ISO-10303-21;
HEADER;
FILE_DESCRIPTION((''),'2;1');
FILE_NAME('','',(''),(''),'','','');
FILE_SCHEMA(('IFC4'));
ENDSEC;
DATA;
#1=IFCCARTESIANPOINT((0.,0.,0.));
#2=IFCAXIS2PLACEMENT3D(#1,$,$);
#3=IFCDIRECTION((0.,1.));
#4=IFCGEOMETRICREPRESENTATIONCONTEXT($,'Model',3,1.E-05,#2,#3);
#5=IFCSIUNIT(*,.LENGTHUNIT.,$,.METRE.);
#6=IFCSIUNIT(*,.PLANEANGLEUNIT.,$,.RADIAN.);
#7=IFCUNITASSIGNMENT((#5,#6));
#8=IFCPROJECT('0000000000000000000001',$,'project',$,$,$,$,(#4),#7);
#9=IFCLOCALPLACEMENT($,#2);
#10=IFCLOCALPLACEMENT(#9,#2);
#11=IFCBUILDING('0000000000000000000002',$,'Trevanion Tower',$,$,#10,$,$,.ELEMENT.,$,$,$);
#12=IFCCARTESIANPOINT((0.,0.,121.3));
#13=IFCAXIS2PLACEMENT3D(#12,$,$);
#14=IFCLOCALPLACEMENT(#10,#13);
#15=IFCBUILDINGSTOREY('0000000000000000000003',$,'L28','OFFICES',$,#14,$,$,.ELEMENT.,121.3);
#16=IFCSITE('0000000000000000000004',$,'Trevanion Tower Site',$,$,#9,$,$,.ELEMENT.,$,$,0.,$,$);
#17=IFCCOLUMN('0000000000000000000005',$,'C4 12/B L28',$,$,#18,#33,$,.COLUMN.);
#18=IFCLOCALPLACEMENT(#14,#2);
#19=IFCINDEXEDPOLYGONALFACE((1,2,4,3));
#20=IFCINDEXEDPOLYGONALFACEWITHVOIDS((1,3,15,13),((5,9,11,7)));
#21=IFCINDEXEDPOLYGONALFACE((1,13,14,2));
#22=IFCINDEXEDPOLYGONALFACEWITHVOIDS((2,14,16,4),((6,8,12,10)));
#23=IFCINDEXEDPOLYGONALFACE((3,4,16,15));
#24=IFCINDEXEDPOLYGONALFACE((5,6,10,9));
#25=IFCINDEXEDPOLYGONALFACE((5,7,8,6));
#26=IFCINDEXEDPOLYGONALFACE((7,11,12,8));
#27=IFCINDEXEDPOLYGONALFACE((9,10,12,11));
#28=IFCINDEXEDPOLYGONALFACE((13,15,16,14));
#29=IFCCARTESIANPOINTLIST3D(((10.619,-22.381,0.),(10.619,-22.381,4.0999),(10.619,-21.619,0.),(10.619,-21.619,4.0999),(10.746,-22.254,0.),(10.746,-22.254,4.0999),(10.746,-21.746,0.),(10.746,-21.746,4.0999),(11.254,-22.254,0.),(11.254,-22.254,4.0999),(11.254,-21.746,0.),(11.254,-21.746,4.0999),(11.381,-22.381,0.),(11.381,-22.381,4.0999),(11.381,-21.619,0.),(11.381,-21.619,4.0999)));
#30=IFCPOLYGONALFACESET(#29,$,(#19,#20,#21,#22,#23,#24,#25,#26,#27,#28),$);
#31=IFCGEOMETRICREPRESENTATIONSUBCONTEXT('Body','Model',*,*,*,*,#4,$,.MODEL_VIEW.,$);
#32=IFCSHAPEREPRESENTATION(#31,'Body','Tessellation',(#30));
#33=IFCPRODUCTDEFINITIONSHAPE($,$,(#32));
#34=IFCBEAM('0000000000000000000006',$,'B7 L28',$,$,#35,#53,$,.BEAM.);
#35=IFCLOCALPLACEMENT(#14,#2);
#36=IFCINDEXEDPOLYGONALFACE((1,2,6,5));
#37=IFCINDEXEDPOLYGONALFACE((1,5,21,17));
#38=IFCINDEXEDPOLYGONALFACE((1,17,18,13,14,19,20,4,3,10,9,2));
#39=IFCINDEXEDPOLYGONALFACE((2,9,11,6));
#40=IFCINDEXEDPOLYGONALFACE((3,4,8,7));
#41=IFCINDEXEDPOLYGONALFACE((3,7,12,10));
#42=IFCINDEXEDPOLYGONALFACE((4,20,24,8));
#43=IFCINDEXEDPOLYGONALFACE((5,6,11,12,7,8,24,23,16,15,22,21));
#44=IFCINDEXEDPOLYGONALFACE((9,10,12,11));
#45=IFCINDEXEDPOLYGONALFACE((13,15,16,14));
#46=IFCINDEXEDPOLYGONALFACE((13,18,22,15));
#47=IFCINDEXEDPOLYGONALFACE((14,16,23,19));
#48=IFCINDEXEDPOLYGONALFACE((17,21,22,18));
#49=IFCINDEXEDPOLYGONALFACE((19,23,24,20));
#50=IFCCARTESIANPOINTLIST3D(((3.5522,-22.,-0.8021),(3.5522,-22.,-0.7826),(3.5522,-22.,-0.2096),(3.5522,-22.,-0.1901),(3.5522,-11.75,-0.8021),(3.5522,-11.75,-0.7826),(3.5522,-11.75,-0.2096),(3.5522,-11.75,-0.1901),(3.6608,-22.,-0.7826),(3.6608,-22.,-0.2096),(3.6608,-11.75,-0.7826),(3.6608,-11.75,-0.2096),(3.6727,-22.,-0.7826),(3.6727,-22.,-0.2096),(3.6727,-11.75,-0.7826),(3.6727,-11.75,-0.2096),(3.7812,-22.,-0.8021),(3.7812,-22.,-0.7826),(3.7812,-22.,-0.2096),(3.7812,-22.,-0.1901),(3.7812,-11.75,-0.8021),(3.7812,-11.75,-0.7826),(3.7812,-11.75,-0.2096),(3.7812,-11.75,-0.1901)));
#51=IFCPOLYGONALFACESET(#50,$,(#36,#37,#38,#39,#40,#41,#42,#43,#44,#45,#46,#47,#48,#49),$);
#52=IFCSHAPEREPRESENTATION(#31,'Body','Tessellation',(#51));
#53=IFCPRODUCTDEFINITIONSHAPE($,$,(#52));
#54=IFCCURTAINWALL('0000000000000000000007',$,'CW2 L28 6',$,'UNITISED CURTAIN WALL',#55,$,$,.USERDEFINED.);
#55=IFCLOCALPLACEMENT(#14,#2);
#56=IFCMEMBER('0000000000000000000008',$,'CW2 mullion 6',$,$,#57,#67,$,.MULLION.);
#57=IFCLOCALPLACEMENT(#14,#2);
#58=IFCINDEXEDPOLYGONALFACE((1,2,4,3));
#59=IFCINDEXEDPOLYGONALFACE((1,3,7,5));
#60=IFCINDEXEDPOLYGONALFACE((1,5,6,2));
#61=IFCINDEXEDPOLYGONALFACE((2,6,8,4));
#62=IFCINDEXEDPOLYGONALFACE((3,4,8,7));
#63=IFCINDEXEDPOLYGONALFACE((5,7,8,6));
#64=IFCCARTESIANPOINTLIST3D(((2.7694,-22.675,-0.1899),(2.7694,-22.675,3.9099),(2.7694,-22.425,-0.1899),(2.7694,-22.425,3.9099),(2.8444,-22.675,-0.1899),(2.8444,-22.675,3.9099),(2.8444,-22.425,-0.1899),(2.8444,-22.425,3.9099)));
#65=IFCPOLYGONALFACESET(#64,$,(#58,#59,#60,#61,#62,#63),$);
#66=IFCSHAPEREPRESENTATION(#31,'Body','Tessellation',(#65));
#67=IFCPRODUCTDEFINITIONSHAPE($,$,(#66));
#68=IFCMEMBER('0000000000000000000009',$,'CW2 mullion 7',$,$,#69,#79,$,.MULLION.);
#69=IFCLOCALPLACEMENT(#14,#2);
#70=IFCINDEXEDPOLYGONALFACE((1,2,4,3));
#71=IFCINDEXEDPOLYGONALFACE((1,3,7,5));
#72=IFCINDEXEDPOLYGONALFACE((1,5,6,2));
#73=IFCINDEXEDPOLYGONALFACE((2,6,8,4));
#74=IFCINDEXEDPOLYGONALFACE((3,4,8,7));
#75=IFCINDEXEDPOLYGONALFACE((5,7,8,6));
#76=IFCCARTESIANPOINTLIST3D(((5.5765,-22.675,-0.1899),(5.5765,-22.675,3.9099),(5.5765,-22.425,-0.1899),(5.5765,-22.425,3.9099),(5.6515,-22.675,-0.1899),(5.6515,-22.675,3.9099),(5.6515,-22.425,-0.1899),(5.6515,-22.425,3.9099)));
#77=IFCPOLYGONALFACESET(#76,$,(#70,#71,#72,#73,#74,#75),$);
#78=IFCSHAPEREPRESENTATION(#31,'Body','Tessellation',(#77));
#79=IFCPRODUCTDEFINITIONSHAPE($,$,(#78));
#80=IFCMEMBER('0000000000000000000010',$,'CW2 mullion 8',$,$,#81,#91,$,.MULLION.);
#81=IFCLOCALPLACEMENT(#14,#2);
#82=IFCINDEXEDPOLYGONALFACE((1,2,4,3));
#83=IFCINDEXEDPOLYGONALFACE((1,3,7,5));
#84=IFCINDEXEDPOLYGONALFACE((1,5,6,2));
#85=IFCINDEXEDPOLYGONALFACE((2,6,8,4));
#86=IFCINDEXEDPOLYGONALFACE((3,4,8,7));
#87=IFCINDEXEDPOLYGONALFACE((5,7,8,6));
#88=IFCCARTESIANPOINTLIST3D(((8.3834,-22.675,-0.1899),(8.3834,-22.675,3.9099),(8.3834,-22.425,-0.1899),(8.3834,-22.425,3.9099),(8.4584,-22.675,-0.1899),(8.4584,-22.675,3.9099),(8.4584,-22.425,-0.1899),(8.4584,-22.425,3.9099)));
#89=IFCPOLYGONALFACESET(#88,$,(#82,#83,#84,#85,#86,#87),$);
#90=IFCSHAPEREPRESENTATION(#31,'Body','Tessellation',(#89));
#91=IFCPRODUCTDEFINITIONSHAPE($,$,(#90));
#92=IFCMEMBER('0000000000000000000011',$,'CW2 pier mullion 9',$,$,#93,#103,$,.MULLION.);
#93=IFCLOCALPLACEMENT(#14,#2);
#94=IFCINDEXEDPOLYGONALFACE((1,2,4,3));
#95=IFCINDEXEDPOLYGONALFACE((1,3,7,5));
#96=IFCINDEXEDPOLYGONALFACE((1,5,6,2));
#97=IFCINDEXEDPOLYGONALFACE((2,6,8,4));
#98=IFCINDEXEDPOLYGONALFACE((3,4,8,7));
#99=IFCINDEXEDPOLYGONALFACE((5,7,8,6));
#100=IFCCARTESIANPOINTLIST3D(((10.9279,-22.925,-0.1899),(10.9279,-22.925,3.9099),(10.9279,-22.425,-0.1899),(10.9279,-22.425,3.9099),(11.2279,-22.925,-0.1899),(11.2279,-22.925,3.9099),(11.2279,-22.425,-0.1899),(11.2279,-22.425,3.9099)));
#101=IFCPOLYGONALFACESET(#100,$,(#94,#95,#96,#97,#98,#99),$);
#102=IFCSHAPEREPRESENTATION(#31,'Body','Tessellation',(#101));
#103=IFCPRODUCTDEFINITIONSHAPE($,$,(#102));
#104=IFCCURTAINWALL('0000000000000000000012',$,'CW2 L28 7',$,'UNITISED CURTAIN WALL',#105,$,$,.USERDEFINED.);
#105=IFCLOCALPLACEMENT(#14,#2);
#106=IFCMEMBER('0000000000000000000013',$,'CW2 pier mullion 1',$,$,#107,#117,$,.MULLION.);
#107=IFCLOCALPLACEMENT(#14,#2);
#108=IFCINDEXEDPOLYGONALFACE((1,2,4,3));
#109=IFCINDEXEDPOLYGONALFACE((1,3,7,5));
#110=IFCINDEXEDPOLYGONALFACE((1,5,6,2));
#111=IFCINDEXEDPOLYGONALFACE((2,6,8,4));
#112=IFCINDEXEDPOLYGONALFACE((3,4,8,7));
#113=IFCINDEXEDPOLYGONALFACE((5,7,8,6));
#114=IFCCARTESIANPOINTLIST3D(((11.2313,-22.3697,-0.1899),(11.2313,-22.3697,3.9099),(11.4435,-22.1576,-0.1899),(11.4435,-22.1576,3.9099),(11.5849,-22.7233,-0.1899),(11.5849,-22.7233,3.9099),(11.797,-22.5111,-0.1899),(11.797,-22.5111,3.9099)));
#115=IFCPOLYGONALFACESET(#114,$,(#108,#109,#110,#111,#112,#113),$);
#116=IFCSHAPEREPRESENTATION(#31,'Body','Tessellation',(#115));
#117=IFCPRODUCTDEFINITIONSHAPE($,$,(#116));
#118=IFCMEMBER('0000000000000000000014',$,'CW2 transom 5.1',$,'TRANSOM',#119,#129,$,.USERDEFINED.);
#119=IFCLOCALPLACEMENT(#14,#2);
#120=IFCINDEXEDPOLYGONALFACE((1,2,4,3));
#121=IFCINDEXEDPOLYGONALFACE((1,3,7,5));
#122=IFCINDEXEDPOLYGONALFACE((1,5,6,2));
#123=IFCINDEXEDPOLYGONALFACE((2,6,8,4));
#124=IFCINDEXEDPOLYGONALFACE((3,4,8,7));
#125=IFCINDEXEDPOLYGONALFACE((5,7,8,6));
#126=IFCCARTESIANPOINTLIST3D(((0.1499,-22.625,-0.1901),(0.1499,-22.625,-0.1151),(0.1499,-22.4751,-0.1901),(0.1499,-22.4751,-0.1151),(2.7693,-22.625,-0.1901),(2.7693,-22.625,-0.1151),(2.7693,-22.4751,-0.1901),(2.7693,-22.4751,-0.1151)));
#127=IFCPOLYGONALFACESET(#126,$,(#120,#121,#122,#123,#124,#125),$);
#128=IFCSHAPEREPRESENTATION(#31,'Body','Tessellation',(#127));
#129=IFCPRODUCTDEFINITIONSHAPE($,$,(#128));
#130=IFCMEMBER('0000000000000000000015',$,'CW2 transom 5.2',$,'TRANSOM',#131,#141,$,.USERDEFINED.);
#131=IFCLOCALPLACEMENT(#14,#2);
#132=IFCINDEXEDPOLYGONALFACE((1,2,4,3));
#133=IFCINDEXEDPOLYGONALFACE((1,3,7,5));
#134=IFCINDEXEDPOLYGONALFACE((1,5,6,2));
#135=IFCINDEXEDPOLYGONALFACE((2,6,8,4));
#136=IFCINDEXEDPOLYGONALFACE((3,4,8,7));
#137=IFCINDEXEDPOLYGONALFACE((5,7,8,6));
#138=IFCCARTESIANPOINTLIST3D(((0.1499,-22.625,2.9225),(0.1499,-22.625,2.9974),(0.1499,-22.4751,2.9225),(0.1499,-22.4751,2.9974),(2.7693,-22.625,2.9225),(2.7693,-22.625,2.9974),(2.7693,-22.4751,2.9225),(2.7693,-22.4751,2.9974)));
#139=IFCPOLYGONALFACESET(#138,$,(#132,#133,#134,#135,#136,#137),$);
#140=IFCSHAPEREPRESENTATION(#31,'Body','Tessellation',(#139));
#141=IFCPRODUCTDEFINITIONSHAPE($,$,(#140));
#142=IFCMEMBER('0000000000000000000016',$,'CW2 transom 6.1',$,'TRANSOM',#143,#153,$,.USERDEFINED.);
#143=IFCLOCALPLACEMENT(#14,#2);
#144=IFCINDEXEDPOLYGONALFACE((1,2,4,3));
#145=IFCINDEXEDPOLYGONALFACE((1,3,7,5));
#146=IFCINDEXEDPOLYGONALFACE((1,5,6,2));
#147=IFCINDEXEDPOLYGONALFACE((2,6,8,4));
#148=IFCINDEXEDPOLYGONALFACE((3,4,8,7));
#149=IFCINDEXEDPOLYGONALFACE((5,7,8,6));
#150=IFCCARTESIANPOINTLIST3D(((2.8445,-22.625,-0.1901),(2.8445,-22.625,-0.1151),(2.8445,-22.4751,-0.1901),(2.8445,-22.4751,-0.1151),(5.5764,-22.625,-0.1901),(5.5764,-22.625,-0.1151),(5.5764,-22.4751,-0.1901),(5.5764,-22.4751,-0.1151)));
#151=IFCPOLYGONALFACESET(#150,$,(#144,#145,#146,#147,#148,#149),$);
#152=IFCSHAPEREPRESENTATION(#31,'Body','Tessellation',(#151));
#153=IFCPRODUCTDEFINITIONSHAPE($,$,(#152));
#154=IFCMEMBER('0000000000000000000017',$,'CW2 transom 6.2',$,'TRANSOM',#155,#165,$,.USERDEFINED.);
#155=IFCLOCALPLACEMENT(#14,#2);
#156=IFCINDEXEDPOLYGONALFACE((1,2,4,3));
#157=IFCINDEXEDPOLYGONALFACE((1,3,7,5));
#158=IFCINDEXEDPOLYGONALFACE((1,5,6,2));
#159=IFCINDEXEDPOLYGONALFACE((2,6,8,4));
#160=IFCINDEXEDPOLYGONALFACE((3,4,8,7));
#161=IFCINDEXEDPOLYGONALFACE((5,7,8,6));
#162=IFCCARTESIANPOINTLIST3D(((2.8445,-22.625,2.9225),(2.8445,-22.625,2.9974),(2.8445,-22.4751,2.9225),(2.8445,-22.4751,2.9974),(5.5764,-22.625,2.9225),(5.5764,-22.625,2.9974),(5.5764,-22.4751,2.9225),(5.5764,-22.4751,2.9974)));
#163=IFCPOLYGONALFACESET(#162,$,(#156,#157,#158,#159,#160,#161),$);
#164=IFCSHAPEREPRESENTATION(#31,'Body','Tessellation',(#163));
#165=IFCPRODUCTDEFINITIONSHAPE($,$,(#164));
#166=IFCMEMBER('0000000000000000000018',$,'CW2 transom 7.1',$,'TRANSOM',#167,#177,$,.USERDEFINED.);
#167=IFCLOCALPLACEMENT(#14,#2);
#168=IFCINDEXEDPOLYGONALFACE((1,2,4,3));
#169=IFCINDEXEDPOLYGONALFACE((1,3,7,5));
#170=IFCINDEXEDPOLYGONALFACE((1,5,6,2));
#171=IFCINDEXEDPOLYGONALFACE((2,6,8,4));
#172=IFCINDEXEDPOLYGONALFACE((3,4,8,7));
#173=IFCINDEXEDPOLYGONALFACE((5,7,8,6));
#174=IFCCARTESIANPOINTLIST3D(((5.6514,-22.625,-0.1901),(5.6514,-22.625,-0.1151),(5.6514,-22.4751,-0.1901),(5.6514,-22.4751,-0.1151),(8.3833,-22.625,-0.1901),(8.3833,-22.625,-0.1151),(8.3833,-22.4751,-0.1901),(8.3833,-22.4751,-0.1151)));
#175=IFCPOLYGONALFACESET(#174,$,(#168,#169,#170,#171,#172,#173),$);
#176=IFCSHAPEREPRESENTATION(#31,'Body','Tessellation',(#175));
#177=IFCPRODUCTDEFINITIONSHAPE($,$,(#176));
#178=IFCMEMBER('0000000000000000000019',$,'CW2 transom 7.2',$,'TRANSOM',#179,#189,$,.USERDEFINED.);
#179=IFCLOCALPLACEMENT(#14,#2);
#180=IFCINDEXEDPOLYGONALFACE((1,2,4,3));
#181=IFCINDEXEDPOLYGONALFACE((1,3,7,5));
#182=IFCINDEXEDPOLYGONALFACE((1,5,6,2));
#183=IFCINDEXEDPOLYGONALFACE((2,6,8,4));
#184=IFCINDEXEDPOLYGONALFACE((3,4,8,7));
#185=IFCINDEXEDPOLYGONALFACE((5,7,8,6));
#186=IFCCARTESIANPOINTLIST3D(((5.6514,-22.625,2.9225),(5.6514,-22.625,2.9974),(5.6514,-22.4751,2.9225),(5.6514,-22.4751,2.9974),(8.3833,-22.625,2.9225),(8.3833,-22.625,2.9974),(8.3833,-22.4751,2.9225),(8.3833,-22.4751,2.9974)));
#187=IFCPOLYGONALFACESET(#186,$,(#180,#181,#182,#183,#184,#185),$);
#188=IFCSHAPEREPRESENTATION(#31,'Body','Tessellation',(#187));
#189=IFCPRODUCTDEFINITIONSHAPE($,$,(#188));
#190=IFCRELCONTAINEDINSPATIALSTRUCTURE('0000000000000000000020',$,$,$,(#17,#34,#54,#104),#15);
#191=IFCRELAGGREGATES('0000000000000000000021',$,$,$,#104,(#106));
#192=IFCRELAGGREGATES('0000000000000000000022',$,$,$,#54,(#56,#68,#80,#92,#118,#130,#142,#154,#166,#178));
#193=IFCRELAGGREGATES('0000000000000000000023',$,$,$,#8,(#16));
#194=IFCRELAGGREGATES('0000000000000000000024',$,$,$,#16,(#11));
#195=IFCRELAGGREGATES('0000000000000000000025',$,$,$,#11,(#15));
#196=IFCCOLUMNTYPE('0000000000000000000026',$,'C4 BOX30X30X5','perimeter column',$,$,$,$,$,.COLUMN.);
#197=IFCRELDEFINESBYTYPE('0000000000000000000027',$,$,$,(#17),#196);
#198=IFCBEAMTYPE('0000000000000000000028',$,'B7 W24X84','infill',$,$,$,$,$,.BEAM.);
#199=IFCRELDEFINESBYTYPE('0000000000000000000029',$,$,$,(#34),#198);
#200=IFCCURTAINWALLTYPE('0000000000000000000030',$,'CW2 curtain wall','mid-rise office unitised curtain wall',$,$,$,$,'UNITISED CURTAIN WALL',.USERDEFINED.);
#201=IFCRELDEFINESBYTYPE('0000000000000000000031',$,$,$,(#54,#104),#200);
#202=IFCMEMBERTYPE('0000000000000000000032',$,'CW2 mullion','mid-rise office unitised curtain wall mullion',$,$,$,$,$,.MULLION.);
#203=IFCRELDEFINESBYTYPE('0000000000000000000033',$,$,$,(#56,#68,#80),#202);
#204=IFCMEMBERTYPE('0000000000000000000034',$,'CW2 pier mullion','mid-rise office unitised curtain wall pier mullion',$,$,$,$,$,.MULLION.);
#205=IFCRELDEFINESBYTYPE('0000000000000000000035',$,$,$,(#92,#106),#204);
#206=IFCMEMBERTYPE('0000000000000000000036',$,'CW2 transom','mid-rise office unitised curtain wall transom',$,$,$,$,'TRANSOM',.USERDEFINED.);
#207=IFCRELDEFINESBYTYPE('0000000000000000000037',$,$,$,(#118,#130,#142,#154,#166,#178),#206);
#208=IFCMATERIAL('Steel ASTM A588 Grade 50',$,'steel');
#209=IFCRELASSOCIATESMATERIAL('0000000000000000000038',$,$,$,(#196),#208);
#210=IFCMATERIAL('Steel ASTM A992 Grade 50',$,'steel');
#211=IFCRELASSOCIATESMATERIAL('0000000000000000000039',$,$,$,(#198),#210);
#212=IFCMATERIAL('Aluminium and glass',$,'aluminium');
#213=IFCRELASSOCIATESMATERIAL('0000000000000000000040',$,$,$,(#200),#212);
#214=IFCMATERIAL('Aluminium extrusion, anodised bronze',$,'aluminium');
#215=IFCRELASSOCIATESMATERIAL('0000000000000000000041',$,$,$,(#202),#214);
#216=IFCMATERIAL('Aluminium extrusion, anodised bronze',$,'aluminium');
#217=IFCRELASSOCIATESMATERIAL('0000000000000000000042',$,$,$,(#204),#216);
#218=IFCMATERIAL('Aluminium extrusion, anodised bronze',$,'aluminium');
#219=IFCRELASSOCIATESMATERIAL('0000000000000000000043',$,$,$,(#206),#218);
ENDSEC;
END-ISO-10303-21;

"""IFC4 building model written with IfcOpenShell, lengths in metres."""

from ifc_helpers import new_model, si_unit, direction, frame, origin, origin_2d, place, context, subcontext, project, spatial, rectangle, hollow_rectangle, i_section, extrude, material, material_profile, profile_set, type_object, element, aggregate, save


model = new_model("IFC4")

# Units and contexts
model_context = context("Model", 3, precision=1e-05, world=origin(), true_north=direction((0.0, 1.0)))
body_context = subcontext(model_context, "Body", "Model", "MODEL_VIEW")
ifc_project = project(units=[si_unit("LENGTHUNIT", "METRE"), si_unit("PLANEANGLEUNIT", "RADIAN")], contexts=[model_context])

# Site, building, storey
site_placement = place(None, origin())
site = spatial("IfcSite", under=ifc_project, at=site_placement, Name="Trevanion Tower Site", CompositionType="ELEMENT", RefElevation=0.0)
building_placement = place(site_placement, origin())
building = spatial("IfcBuilding", under=site, at=building_placement, Name="Trevanion Tower", CompositionType="ELEMENT")
storey_placement = place(building_placement, frame((0.0, 0.0, 121.3)))
storey = spatial("IfcBuildingStorey", under=building, at=storey_placement, Name="L28", Description="OFFICES", CompositionType="ELEMENT", Elevation=121.3)

# Column
ifc_material_1 = material(Name="Steel ASTM A588 Grade 50", Category="steel")
ifc_material_profile_1 = material_profile(ifc_material_1, hollow_rectangle(XDim=0.762, YDim=0.762, WallThickness=0.127, at=origin_2d()), Name="BOX30X30X5")
ifc_profile_set_1 = profile_set([ifc_material_profile_1], Name="Steel ASTM A588 Grade 50")
column_type = type_object("IfcColumnType", Name="C4 BOX30X30X5", Description="perimeter column", PredefinedType="COLUMN", material=ifc_profile_set_1)
column_placement = place(storey_placement, frame((11.0, -22.0, 0.0), z_axis=(0.0, 0.0, 1.0), x_axis=(1.0, 0.0, 0.0)))
element("IfcColumn", 1, at=column_placement, inside=storey, type_object=column_type, Name="C4 12/B L28", PredefinedType="COLUMN", context=body_context, shape_type="SweptSolid", body=[
    extrude(hollow_rectangle(XDim=0.762, YDim=0.762, WallThickness=0.127, at=origin_2d()), origin(), (0.0, 0.0, 1.0), 4.0999),
])

# Beam
ifc_material_2 = material(Name="Steel ASTM A992 Grade 50", Category="steel")
ifc_material_profile_2 = material_profile(ifc_material_2, i_section(OverallWidth=0.229, OverallDepth=0.6121, WebThickness=0.012, FlangeThickness=0.0195, at=origin_2d()), Name="W24X84")
ifc_profile_set_2 = profile_set([ifc_material_profile_2], Name="Steel ASTM A992 Grade 50")
beam_type_1 = type_object("IfcBeamType", Name="B7 W24X84", Description="infill", PredefinedType="BEAM", material=ifc_profile_set_2)
beam_1_placement = place(storey_placement, frame((3.6667, -11.75, -0.4961), z_axis=(0.0, -1.0, 0.0), x_axis=(1.0, 0.0, 0.0)))
element("IfcBeam", 2, at=beam_1_placement, inside=storey, type_object=beam_type_1, Name="B7 L28", PredefinedType="BEAM", context=body_context, shape_type="SweptSolid", body=[
    extrude(i_section(OverallWidth=0.229, OverallDepth=0.6121, WebThickness=0.012, FlangeThickness=0.0195, at=origin_2d()), origin(), (0.0, 0.0, 1.0), 10.25),
])

# Curtain wall, members
ifc_material_3 = material(Name="Aluminium and glass", Category="aluminium")
curtain_wall_type = type_object("IfcCurtainWallType", Name="CW2 curtain wall", Description="mid-rise office unitised curtain wall", ElementType="UNITISED CURTAIN WALL", PredefinedType="USERDEFINED", material=ifc_material_3)
curtain_wall_1_placement = place(storey_placement, origin())
curtain_wall_1 = element("IfcCurtainWall", 3, at=curtain_wall_1_placement, inside=storey, type_object=curtain_wall_type, Name="CW2 L28 6", ObjectType="UNITISED CURTAIN WALL", PredefinedType="USERDEFINED")
ifc_material_4 = material(Name="Aluminium extrusion, anodised bronze", Category="aluminium")
ifc_material_profile_3 = material_profile(ifc_material_4, rectangle(XDim=0.075, YDim=0.25, at=origin_2d()), Name="CW2 mullion")
ifc_profile_set_3 = profile_set([ifc_material_profile_3], Name="Aluminium extrusion, anodised bronze")
member_type_1 = type_object("IfcMemberType", Name="CW2 mullion", Description="mid-rise office unitised curtain wall mullion", PredefinedType="MULLION", material=ifc_profile_set_3)
member_1_placement = place(storey_placement, frame((2.8069, -22.55, -0.1899), z_axis=(0.0, 0.0, 1.0), x_axis=(1.0, 0.0, 0.0)))
member_1 = element("IfcMember", 4, at=member_1_placement, type_object=member_type_1, Name="CW2 mullion 6", PredefinedType="MULLION", context=body_context, shape_type="SweptSolid", body=[
    extrude(rectangle(XDim=0.075, YDim=0.25, at=origin_2d()), origin(), (0.0, 0.0, 1.0), 4.0999),
])
member_2_placement = place(storey_placement, frame((5.614, -22.55, -0.1899), z_axis=(0.0, 0.0, 1.0), x_axis=(1.0, 0.0, 0.0)))
member_2 = element("IfcMember", 5, at=member_2_placement, type_object=member_type_1, Name="CW2 mullion 7", PredefinedType="MULLION", context=body_context, shape_type="SweptSolid", body=[
    extrude(rectangle(XDim=0.075, YDim=0.25, at=origin_2d()), origin(), (0.0, 0.0, 1.0), 4.0999),
])
member_3_placement = place(storey_placement, frame((8.4209, -22.55, -0.1899), z_axis=(0.0, 0.0, 1.0), x_axis=(1.0, 0.0, 0.0)))
member_3 = element("IfcMember", 6, at=member_3_placement, type_object=member_type_1, Name="CW2 mullion 8", PredefinedType="MULLION", context=body_context, shape_type="SweptSolid", body=[
    extrude(rectangle(XDim=0.075, YDim=0.25, at=origin_2d()), origin(), (0.0, 0.0, 1.0), 4.0999),
])
ifc_material_5 = material(Name="Aluminium extrusion, anodised bronze", Category="aluminium")
ifc_material_profile_4 = material_profile(ifc_material_5, rectangle(XDim=0.3, YDim=0.5, at=origin_2d()), Name="CW2 pier mullion")
ifc_profile_set_4 = profile_set([ifc_material_profile_4], Name="Aluminium extrusion, anodised bronze")
member_type_2 = type_object("IfcMemberType", Name="CW2 pier mullion", Description="mid-rise office unitised curtain wall pier mullion", PredefinedType="MULLION", material=ifc_profile_set_4)
member_4_placement = place(storey_placement, frame((11.0779, -22.675, -0.1899), z_axis=(0.0, 0.0, 1.0), x_axis=(1.0, 0.0, 0.0)))
member_4 = element("IfcMember", 7, at=member_4_placement, type_object=member_type_2, Name="CW2 pier mullion 9", PredefinedType="MULLION", context=body_context, shape_type="SweptSolid", body=[
    extrude(rectangle(XDim=0.3, YDim=0.5, at=origin_2d()), origin(), (0.0, 0.0, 1.0), 4.0999),
])

# Curtain wall, member
curtain_wall_2_placement = place(storey_placement, origin())
curtain_wall_2 = element("IfcCurtainWall", 8, at=curtain_wall_2_placement, inside=storey, type_object=curtain_wall_type, Name="CW2 L28 7", ObjectType="UNITISED CURTAIN WALL", PredefinedType="USERDEFINED")
member_5_placement = place(storey_placement, frame((11.5142, -22.4404, -0.1899), z_axis=(0.0, 0.0, 1.0), x_axis=(0.707107, 0.707107, 0.0)))
member_5 = element("IfcMember", 9, at=member_5_placement, type_object=member_type_2, Name="CW2 pier mullion 1", PredefinedType="MULLION", context=body_context, shape_type="SweptSolid", body=[
    extrude(rectangle(XDim=0.3, YDim=0.5, at=origin_2d()), origin(), (0.0, 0.0, 1.0), 4.0999),
])

# Members
ifc_material_6 = material(Name="Aluminium extrusion, anodised bronze", Category="aluminium")
ifc_material_profile_5 = material_profile(ifc_material_6, rectangle(XDim=0.1499, YDim=0.075, at=origin_2d()), Name="CW2 transom")
ifc_profile_set_5 = profile_set([ifc_material_profile_5], Name="Aluminium extrusion, anodised bronze")
member_type_3 = type_object("IfcMemberType", Name="CW2 transom", Description="mid-rise office unitised curtain wall transom", ElementType="TRANSOM", PredefinedType="USERDEFINED", material=ifc_profile_set_5)
member_6_placement = place(storey_placement, frame((0.1499, -22.55, -0.1526), z_axis=(1.0, 0.0, 0.0), x_axis=(0.0, 1.0, 0.0)))
member_6 = element("IfcMember", 10, at=member_6_placement, type_object=member_type_3, Name="CW2 transom 5.1", ObjectType="TRANSOM", PredefinedType="USERDEFINED", context=body_context, shape_type="SweptSolid", body=[
    extrude(rectangle(XDim=0.1499, YDim=0.075, at=origin_2d()), origin(), (0.0, 0.0, 1.0), 2.6194),
])
member_7_placement = place(storey_placement, frame((0.1499, -22.55, 2.96), z_axis=(1.0, 0.0, 0.0), x_axis=(0.0, 1.0, 0.0)))
member_7 = element("IfcMember", 11, at=member_7_placement, type_object=member_type_3, Name="CW2 transom 5.2", ObjectType="TRANSOM", PredefinedType="USERDEFINED", context=body_context, shape_type="SweptSolid", body=[
    extrude(rectangle(XDim=0.1499, YDim=0.075, at=origin_2d()), origin(), (0.0, 0.0, 1.0), 2.6194),
])
member_8_placement = place(storey_placement, frame((2.8445, -22.55, -0.1526), z_axis=(1.0, 0.0, 0.0), x_axis=(0.0, 1.0, 0.0)))
member_8 = element("IfcMember", 12, at=member_8_placement, type_object=member_type_3, Name="CW2 transom 6.1", ObjectType="TRANSOM", PredefinedType="USERDEFINED", context=body_context, shape_type="SweptSolid", body=[
    extrude(rectangle(XDim=0.1499, YDim=0.075, at=origin_2d()), origin(), (0.0, 0.0, 1.0), 2.7319),
])
member_9_placement = place(storey_placement, frame((2.8445, -22.55, 2.96), z_axis=(1.0, 0.0, 0.0), x_axis=(0.0, 1.0, 0.0)))
member_9 = element("IfcMember", 13, at=member_9_placement, type_object=member_type_3, Name="CW2 transom 6.2", ObjectType="TRANSOM", PredefinedType="USERDEFINED", context=body_context, shape_type="SweptSolid", body=[
    extrude(rectangle(XDim=0.1499, YDim=0.075, at=origin_2d()), origin(), (0.0, 0.0, 1.0), 2.7319),
])
member_10_placement = place(storey_placement, frame((5.6514, -22.55, -0.1526), z_axis=(1.0, 0.0, 0.0), x_axis=(0.0, 1.0, 0.0)))
member_10 = element("IfcMember", 14, at=member_10_placement, type_object=member_type_3, Name="CW2 transom 7.1", ObjectType="TRANSOM", PredefinedType="USERDEFINED", context=body_context, shape_type="SweptSolid", body=[
    extrude(rectangle(XDim=0.1499, YDim=0.075, at=origin_2d()), origin(), (0.0, 0.0, 1.0), 2.7319),
])
member_11_placement = place(storey_placement, frame((5.6514, -22.55, 2.96), z_axis=(1.0, 0.0, 0.0), x_axis=(0.0, 1.0, 0.0)))
member_11 = element("IfcMember", 15, at=member_11_placement, type_object=member_type_3, Name="CW2 transom 7.2", ObjectType="TRANSOM", PredefinedType="USERDEFINED", context=body_context, shape_type="SweptSolid", body=[
    extrude(rectangle(XDim=0.1499, YDim=0.075, at=origin_2d()), origin(), (0.0, 0.0, 1.0), 2.7319),
])
aggregate(curtain_wall_2, [member_5])

aggregate(curtain_wall_1, [member_1, member_2, member_3, member_4, member_6, member_7, member_8, member_9, member_10, member_11])

save(model, "model.ifc")
